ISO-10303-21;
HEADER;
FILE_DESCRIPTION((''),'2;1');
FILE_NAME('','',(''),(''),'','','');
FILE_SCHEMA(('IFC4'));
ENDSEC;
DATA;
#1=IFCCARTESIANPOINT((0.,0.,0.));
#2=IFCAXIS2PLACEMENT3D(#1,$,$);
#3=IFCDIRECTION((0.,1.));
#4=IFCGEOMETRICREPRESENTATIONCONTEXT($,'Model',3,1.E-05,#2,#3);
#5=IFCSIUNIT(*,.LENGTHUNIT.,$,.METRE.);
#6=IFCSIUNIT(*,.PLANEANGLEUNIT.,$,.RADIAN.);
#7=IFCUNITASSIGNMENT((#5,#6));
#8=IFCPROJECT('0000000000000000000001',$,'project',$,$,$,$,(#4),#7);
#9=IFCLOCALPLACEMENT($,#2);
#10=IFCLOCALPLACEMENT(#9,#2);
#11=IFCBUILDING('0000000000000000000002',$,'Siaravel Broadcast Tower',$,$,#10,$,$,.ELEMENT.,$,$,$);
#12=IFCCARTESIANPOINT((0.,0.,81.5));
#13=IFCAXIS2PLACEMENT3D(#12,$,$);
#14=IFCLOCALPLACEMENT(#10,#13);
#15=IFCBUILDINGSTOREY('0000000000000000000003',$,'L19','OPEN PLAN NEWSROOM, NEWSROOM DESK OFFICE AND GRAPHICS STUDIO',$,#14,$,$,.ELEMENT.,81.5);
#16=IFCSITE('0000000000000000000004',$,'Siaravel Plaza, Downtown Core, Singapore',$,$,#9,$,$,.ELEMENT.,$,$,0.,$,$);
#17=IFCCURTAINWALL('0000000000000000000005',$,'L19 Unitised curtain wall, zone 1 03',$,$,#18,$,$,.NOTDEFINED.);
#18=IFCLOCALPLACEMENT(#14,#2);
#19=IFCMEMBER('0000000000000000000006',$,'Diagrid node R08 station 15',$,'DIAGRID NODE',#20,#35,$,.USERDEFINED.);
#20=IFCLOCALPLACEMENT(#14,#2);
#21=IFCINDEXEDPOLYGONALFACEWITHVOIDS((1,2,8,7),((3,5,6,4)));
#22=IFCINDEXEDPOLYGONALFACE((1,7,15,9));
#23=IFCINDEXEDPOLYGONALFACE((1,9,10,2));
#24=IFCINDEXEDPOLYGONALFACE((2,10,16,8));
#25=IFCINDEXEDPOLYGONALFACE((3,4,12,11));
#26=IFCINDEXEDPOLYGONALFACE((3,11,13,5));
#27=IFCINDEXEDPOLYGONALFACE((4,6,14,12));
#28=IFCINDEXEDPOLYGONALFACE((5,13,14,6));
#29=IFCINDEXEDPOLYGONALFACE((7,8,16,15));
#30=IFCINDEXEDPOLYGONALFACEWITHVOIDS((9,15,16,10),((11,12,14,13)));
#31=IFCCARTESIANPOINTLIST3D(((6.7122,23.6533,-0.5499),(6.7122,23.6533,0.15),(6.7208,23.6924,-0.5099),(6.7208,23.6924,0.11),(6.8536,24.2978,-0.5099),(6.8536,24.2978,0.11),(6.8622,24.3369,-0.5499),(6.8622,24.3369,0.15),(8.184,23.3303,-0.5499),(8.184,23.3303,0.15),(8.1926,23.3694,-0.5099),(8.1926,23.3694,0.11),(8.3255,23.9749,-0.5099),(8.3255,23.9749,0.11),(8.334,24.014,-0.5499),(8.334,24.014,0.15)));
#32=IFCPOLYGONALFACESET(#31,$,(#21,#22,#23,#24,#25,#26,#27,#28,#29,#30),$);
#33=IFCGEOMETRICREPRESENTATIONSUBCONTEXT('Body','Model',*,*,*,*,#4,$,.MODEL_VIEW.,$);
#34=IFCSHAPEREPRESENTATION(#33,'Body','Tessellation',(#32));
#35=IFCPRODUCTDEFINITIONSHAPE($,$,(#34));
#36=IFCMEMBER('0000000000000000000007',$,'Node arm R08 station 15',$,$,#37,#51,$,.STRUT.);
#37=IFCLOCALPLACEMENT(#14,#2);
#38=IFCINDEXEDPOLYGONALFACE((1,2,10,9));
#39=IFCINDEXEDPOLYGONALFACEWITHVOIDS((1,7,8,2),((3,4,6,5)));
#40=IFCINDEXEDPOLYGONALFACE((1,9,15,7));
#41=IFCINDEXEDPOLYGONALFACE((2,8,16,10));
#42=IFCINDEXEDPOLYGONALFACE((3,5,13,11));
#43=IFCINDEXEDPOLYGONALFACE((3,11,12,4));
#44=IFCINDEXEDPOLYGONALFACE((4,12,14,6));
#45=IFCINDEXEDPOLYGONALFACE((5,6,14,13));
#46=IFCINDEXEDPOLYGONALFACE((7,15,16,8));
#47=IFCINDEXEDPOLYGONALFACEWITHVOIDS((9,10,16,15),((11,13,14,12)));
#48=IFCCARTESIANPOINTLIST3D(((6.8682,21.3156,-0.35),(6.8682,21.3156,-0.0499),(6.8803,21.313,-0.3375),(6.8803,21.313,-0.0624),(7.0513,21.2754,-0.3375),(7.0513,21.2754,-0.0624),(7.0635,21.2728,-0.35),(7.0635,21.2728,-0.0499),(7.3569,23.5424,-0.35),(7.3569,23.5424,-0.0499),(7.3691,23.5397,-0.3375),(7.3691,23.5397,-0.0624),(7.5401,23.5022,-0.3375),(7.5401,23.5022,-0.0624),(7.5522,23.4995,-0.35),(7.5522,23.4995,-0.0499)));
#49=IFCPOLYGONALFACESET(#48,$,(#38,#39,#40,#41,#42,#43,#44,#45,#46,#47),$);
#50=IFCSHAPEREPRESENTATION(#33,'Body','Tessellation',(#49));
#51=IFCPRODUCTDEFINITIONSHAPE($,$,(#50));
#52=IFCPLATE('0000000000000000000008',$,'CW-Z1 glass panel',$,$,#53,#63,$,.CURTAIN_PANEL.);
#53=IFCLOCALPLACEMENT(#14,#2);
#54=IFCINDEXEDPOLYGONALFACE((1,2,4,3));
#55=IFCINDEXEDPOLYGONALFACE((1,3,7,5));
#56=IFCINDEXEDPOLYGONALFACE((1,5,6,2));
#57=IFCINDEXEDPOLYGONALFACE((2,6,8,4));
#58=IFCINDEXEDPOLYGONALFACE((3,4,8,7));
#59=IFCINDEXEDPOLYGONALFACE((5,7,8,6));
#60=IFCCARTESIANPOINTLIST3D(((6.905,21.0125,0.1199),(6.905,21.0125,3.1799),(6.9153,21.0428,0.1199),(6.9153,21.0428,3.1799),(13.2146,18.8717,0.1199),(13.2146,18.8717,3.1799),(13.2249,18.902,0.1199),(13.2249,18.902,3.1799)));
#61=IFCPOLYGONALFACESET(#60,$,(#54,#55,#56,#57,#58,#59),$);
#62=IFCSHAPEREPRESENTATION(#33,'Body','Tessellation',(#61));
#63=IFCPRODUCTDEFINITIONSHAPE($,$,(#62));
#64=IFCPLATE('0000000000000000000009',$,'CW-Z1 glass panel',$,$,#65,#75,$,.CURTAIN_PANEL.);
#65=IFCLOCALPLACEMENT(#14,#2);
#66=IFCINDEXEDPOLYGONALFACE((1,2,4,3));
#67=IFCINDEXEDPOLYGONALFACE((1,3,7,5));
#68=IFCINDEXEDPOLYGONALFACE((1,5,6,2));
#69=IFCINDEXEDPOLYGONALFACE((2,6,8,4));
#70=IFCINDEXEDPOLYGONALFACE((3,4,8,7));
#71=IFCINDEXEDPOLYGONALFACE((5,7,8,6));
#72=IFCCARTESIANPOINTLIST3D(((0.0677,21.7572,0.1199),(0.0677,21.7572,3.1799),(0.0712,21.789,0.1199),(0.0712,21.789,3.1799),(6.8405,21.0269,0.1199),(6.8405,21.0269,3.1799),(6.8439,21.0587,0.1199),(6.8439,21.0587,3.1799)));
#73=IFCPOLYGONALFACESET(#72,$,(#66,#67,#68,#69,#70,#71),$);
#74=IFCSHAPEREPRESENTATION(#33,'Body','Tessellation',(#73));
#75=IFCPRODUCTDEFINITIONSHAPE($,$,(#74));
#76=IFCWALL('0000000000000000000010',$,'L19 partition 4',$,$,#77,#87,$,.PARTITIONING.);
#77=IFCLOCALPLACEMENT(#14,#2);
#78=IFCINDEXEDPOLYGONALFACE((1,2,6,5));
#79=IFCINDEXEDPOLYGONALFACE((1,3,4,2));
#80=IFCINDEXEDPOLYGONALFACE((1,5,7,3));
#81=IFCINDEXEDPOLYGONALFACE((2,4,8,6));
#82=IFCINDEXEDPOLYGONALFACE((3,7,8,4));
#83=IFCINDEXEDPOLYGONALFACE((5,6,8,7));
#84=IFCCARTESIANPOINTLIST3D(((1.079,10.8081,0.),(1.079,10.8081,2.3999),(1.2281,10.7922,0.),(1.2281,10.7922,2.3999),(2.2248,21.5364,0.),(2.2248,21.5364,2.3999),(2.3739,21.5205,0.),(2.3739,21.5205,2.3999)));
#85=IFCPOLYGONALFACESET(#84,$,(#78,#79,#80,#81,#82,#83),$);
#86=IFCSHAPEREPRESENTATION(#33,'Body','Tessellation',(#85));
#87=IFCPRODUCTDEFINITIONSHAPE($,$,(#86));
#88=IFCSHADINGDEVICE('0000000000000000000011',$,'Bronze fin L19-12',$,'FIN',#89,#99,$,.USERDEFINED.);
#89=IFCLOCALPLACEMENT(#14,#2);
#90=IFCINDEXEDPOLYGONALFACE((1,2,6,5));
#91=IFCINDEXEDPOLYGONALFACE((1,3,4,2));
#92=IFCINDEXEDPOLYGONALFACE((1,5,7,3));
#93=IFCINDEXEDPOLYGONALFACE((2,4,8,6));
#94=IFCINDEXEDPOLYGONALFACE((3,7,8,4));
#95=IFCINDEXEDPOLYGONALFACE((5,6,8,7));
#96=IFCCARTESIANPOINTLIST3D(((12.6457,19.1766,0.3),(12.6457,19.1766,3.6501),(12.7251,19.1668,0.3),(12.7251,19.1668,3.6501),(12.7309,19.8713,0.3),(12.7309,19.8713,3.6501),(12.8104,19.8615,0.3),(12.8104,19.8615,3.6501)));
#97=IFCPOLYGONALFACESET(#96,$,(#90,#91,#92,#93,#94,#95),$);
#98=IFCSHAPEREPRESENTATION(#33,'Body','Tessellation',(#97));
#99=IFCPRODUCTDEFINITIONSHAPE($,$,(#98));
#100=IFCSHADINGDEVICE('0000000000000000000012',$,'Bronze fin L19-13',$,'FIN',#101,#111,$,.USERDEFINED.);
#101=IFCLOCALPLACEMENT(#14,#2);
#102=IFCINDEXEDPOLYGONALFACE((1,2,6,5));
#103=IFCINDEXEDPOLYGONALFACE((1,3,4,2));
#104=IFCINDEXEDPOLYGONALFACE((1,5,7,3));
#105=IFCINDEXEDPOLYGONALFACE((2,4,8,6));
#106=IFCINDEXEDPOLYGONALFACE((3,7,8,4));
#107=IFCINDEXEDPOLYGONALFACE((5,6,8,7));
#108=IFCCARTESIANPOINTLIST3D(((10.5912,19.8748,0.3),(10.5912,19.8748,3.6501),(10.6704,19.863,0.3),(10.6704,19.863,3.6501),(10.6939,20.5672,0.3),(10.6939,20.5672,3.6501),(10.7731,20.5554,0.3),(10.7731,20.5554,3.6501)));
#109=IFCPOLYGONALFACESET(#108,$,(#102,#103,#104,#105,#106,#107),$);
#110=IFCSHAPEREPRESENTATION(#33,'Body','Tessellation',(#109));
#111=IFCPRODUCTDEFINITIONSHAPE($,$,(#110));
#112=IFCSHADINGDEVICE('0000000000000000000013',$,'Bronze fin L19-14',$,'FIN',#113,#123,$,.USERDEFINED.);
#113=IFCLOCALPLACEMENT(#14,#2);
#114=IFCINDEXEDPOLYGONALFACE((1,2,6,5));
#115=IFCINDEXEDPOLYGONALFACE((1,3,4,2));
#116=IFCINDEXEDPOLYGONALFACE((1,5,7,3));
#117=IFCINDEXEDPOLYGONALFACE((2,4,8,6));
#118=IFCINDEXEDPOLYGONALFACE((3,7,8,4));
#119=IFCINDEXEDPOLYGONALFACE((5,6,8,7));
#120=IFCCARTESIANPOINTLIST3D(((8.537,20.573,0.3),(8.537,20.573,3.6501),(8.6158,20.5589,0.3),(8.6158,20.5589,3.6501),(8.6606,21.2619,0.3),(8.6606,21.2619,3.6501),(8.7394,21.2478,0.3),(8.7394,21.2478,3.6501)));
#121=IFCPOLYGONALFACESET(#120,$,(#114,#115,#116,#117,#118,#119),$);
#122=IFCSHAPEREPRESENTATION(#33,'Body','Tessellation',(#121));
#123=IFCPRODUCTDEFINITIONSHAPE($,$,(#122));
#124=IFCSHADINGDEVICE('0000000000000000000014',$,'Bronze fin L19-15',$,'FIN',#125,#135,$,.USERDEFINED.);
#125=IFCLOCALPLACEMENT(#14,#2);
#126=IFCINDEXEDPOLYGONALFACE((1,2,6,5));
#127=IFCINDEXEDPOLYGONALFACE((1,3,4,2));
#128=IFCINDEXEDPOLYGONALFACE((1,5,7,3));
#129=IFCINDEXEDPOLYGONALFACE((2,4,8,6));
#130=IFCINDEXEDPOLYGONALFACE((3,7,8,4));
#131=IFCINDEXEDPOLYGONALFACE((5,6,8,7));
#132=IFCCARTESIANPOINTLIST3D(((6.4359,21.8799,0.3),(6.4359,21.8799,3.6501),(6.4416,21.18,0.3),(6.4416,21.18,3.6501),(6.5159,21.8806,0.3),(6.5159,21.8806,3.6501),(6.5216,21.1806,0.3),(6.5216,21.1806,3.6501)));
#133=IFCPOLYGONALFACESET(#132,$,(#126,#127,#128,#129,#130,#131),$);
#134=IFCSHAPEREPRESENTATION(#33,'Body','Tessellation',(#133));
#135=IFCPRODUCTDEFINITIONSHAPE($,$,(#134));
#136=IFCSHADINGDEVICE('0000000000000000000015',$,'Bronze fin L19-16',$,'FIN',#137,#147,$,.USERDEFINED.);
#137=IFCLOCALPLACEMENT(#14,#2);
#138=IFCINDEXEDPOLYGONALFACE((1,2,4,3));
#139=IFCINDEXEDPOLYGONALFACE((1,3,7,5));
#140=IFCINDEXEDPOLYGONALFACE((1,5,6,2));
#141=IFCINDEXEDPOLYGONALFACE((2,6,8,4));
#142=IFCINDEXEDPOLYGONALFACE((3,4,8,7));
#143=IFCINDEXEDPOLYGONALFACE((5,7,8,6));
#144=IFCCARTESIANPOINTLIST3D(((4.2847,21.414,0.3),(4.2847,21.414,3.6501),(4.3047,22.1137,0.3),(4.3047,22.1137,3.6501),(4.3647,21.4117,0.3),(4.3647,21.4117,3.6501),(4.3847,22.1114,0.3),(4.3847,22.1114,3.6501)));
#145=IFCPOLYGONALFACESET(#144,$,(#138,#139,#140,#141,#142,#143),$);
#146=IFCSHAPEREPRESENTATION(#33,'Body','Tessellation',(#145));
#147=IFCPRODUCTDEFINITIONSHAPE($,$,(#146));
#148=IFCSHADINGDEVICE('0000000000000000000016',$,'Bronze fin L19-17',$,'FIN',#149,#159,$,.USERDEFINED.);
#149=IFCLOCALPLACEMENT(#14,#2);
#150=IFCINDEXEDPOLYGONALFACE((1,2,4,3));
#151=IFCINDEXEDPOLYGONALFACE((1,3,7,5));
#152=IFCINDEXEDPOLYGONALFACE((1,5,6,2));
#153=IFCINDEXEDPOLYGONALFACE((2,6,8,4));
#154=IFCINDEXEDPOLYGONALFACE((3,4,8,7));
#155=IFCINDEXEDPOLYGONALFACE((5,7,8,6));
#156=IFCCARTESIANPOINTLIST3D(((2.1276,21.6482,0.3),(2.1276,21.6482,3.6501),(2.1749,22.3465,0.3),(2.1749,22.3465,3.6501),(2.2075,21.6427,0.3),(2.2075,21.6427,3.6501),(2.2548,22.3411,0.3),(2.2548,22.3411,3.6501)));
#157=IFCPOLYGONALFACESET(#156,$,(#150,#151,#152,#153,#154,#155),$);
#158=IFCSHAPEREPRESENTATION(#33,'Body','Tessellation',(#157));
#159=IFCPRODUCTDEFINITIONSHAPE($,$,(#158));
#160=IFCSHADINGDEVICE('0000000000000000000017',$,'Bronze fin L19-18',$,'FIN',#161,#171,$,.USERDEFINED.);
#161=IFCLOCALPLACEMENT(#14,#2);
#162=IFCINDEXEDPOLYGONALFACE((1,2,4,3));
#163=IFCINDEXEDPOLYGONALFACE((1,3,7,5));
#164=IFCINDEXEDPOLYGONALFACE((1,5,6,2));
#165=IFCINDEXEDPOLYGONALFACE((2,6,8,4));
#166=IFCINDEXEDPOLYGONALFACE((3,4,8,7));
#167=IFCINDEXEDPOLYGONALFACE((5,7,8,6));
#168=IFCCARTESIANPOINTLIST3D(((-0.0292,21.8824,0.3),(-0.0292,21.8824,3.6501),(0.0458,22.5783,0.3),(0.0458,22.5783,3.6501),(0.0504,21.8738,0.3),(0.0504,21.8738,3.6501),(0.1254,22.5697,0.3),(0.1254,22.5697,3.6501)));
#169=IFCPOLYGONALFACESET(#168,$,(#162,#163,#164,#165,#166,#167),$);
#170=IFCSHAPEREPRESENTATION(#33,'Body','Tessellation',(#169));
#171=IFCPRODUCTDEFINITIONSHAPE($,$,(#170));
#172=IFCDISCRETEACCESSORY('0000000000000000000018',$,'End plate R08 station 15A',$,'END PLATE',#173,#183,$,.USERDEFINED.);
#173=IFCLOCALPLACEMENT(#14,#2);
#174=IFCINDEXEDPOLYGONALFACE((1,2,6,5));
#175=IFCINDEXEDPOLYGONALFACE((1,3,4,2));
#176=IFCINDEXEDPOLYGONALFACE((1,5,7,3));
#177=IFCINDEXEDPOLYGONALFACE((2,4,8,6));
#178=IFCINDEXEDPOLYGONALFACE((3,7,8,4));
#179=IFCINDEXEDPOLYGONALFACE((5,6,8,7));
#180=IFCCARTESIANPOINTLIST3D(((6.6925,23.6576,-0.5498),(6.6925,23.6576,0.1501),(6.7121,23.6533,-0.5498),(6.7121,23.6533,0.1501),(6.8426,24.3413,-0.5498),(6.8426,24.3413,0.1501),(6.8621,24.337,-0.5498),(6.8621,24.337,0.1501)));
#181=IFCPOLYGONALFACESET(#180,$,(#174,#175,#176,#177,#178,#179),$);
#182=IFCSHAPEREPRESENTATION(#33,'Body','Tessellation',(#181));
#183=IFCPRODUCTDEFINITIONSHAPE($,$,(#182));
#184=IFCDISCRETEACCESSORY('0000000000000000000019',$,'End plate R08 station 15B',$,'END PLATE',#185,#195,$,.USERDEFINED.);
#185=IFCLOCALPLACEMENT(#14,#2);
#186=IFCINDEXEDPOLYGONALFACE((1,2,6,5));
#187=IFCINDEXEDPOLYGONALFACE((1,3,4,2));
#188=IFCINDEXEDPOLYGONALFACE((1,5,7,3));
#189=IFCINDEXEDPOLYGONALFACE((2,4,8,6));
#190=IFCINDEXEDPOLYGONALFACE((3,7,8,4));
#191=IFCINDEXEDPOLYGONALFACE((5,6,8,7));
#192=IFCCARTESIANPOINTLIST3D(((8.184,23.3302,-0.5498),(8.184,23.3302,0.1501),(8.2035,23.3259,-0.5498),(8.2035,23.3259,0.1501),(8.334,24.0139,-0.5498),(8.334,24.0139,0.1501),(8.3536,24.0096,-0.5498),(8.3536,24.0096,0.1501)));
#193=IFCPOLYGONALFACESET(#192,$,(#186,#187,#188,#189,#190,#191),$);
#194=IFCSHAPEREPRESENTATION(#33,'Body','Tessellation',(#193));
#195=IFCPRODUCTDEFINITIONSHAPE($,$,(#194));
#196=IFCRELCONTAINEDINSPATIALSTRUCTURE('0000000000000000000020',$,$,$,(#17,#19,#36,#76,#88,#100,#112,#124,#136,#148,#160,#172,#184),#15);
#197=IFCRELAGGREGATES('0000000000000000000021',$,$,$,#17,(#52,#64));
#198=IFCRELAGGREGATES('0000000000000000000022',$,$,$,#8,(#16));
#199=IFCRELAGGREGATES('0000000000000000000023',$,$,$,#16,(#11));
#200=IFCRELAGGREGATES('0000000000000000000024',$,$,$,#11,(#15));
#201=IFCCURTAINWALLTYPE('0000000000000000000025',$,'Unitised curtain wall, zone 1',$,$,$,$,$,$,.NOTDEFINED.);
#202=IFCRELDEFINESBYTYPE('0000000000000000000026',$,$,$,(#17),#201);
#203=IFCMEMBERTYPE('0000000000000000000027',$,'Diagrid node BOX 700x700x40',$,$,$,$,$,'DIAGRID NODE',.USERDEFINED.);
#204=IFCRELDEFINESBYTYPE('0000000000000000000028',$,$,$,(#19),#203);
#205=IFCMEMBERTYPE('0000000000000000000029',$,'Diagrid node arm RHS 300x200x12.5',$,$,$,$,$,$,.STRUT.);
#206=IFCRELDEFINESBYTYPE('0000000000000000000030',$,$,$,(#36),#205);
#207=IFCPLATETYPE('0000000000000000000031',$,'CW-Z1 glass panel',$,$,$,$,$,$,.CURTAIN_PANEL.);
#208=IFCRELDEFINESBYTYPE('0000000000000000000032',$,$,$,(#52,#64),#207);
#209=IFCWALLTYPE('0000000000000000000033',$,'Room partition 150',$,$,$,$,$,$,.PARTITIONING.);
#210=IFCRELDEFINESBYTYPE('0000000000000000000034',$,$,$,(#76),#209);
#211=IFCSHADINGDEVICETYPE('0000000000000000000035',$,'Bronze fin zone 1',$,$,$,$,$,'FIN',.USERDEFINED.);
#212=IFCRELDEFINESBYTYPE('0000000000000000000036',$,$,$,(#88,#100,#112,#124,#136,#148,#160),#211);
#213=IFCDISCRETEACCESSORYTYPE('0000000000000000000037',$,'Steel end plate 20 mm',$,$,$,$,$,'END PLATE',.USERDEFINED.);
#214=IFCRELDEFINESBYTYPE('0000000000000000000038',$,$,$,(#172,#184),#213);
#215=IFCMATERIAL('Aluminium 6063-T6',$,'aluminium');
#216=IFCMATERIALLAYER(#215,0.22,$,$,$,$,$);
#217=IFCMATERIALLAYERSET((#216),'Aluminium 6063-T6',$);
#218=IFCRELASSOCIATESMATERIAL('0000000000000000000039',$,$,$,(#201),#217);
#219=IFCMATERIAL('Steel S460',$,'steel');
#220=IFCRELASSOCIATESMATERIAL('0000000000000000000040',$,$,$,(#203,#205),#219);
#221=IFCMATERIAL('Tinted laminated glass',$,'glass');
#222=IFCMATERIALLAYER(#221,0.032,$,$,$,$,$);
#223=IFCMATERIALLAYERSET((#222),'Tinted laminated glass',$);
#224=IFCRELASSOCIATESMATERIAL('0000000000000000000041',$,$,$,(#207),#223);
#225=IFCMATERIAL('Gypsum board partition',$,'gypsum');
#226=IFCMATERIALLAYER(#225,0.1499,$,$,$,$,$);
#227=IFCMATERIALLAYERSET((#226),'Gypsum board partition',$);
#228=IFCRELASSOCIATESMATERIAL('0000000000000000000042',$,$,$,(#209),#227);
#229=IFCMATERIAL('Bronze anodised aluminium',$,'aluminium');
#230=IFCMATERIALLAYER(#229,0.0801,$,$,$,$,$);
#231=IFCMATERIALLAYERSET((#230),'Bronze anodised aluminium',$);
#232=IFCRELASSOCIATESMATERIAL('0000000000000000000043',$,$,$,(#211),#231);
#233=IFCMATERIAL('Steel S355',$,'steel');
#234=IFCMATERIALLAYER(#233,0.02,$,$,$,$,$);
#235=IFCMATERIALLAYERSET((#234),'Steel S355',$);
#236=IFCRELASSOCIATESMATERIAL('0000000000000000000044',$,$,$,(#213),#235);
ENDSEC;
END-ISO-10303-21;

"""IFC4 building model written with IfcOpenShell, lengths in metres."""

from ifc_helpers import new_model, si_unit, direction, frame, frame_2d, origin, origin_2d, place, context, subcontext, project, spatial, rectangle, hollow_rectangle, extrude, material, layer, layer_set, material_profile, profile_set, type_object, element, aggregate, save


model = new_model("IFC4")

# Units and contexts
model_context = context("Model", 3, precision=1e-05, world=origin(), true_north=direction((0.0, 1.0)))
body_context = subcontext(model_context, "Body", "Model", "MODEL_VIEW")
ifc_project = project(units=[si_unit("LENGTHUNIT", "METRE"), si_unit("PLANEANGLEUNIT", "RADIAN")], contexts=[model_context])

# Site, building, storey
site_placement = place(None, origin())
site = spatial("IfcSite", under=ifc_project, at=site_placement, Name="Siaravel Plaza, Downtown Core, Singapore", CompositionType="ELEMENT", RefElevation=0.0)
building_placement = place(site_placement, origin())
building = spatial("IfcBuilding", under=site, at=building_placement, Name="Siaravel Broadcast Tower", CompositionType="ELEMENT")
storey_placement = place(building_placement, frame((0.0, 0.0, 81.5)))
storey = spatial("IfcBuildingStorey", under=building, at=storey_placement, Name="L19", Description="OPEN PLAN NEWSROOM, NEWSROOM DESK OFFICE AND GRAPHICS STUDIO", CompositionType="ELEMENT", Elevation=81.5)

# Shared definitions
ifc_material_1 = material(Name="Steel S355", Category="steel")

# Curtain wall
ifc_material_2 = material(Name="Aluminium 6063-T6", Category="aluminium")
ifc_layer_1 = layer(ifc_material_2, 0.22)
ifc_layer_set_1 = layer_set([ifc_layer_1], Name="Aluminium 6063-T6")
curtain_wall_type = type_object("IfcCurtainWallType", Name="Unitised curtain wall, zone 1", PredefinedType="NOTDEFINED", material=ifc_layer_set_1)
curtain_wall_placement = place(storey_placement, origin())
curtain_wall = element("IfcCurtainWall", 1, at=curtain_wall_placement, inside=storey, type_object=curtain_wall_type, Name="L19 Unitised curtain wall, zone 1 03", PredefinedType="NOTDEFINED")

# Members
ifc_material_3 = material(Name="Steel S460", Category="steel")
ifc_material_profile_1 = material_profile(ifc_material_3, hollow_rectangle(XDim=0.7, YDim=0.7, WallThickness=0.04, at=origin_2d()))
ifc_profile_set_1 = profile_set([ifc_material_profile_1], Name="Steel S460")
member_type_1 = type_object("IfcMemberType", Name="Diagrid node BOX 700x700x40", ElementType="DIAGRID NODE", PredefinedType="USERDEFINED", material=ifc_profile_set_1)
member_1_placement = place(storey_placement, frame((8.259, 23.6721, -0.2), z_axis=(-0.976759, 0.214339, 0.0), x_axis=(-0.214339, -0.976759, 0.0)))
element("IfcMember", 2, at=member_1_placement, inside=storey, type_object=member_type_1, Name="Diagrid node R08 station 15", ObjectType="DIAGRID NODE", PredefinedType="USERDEFINED", context=body_context, shape_type="SweptSolid", body=[
    extrude(hollow_rectangle(XDim=0.7, YDim=0.7, WallThickness=0.04, at=origin_2d()), origin(), (0.0, 0.0, 1.0), 1.5068),
])
ifc_material_profile_2 = material_profile(ifc_material_3, hollow_rectangle(XDim=0.2, YDim=0.3, WallThickness=0.0125, at=origin_2d()))
ifc_profile_set_2 = profile_set([ifc_material_profile_2], Name="Steel S460")
member_type_2 = type_object("IfcMemberType", Name="Diagrid node arm RHS 300x200x12.5", PredefinedType="STRUT", material=ifc_profile_set_2)
member_2_placement = place(storey_placement, frame((6.9658, 21.2942, -0.2), z_axis=(0.21439, 0.976748, 0.0), x_axis=(-0.976748, 0.21439, 0.0)))
element("IfcMember", 3, at=member_2_placement, inside=storey, type_object=member_type_2, Name="Node arm R08 station 15", PredefinedType="STRUT", context=body_context, shape_type="SweptSolid", body=[
    extrude(hollow_rectangle(XDim=0.2, YDim=0.3, WallThickness=0.0125, at=origin_2d()), origin(), (0.0, 0.0, 1.0), 2.2798),
])

# Plates
ifc_material_4 = material(Name="Tinted laminated glass", Category="glass")
ifc_layer_2 = layer(ifc_material_4, 0.032)
ifc_layer_set_2 = layer_set([ifc_layer_2], Name="Tinted laminated glass")
plate_type = type_object("IfcPlateType", Name="CW-Z1 glass panel", PredefinedType="CURTAIN_PANEL", material=ifc_layer_set_2)
plate_1_placement = place(storey_placement, frame((10.0649, 19.9573, 0.1199), z_axis=(0.0, 0.0, 1.0), x_axis=(-0.946977, 0.321301, 0.0)))
plate_1 = element("IfcPlate", 4, at=plate_1_placement, type_object=plate_type, Name="CW-Z1 glass panel", PredefinedType="CURTAIN_PANEL", context=body_context, shape_type="SweptSolid", body=[
    extrude(rectangle(XDim=6.6628, YDim=0.032, at=origin_2d()), origin(), (0.0, 0.0, 1.0), 3.0601),
])
plate_2_placement = place(storey_placement, frame((3.4558, 21.408, 0.1199), z_axis=(0.0, 0.0, 1.0), x_axis=(-0.994236, 0.107218, 0.0)))
plate_2 = element("IfcPlate", 5, at=plate_2_placement, type_object=plate_type, Name="CW-Z1 glass panel", PredefinedType="CURTAIN_PANEL", context=body_context, shape_type="SweptSolid", body=[
    extrude(rectangle(XDim=6.812, YDim=0.032, at=origin_2d()), origin(), (0.0, 0.0, 1.0), 3.0601),
])
aggregate(curtain_wall, [plate_1, plate_2])

# Wall
ifc_material_5 = material(Name="Gypsum board partition", Category="gypsum")
ifc_layer_3 = layer(ifc_material_5, 0.1499)
ifc_layer_set_3 = layer_set([ifc_layer_3], Name="Gypsum board partition")
wall_type = type_object("IfcWallType", Name="Room partition 150", PredefinedType="PARTITIONING", material=ifc_layer_set_3)
wall_placement = place(storey_placement, frame((2.2993, 21.5283, 0.0), z_axis=(0.0, 0.0, 1.0), x_axis=(-0.106194, -0.994345, 0.0)))
element("IfcWall", 6, at=wall_placement, inside=storey, type_object=wall_type, Name="L19 partition 4", PredefinedType="PARTITIONING", context=body_context, shape_type="SweptSolid", body=[
    extrude(rectangle(XDim=10.7893, YDim=0.1499, at=frame_2d((5.3945, 0.0))), origin(), (0.0, 0.0, 1.0), 2.3999),
])

# Shading devices
ifc_material_6 = material(Name="Bronze anodised aluminium", Category="aluminium")
ifc_layer_4 = layer(ifc_material_6, 0.0801)
ifc_layer_set_4 = layer_set([ifc_layer_4], Name="Bronze anodised aluminium")
shading_device_type = type_object("IfcShadingDeviceType", Name="Bronze fin zone 1", ElementType="FIN", PredefinedType="USERDEFINED", material=ifc_layer_set_4)
for number, where, z_axis, x_axis, name in (
    (7, (12.728, 19.519, 0.3), (0.0, 0.0, 1.0), (0.12181, 0.992553, 0.0), "Bronze fin L19-12"),
    (8, (10.6821, 20.2151, 0.3), (0.0, 0.0, 1.0), (0.146694, 0.989182, 0.0), "Bronze fin L19-13"),
    (9, (8.6382, 20.9104, 0.3), (0.0, 0.0, 1.0), (0.176585, 0.984285, 0.0), "Bronze fin L19-14"),
    (10, (6.4788, 21.5303, 0.3), (0.0, 0.0, 1.0), (-0.008137, 0.999967, 0.0), "Bronze fin L19-15"),
    (11, (4.3347, 21.7627, 0.3), (0.0, 0.0, 1.0), (0.028571, 0.999592, 0.0), "Bronze fin L19-16"),
    (12, (2.1912, 21.9946, 0.3), (0.0, 0.0, 1.0), (0.06757, 0.997715, 0.0), "Bronze fin L19-17"),
    (13, (0.0481, 22.2261, 0.3), (0.0, 0.0, 1.0), (0.107219, 0.994235, 0.0), "Bronze fin L19-18"),
):
    element("IfcShadingDevice", number, at=place(storey_placement, frame(where, z_axis=z_axis, x_axis=x_axis)), inside=storey, type_object=shading_device_type, Name=name, ObjectType="FIN", PredefinedType="USERDEFINED", context=body_context, shape_type="SweptSolid", body=[
        extrude(rectangle(XDim=0.7, YDim=0.0801, at=origin_2d()), origin(), (0.0, 0.0, 1.0), 3.3501),
    ])

# Discrete accessories
ifc_layer_5 = layer(ifc_material_1, 0.02)
ifc_layer_set_5 = layer_set([ifc_layer_5], Name="Steel S355")
discrete_accessory_type = type_object("IfcDiscreteAccessoryType", Name="Steel end plate 20 mm", ElementType="END PLATE", PredefinedType="USERDEFINED", material=ifc_layer_set_5)
for number, where, z_axis, x_axis, name in (
    (14, (6.7773, 23.9973, -0.5498), (0.0, 0.0, 1.0), (-0.976751, 0.214377, 0.0), "End plate R08 station 15A"),
    (15, (8.2688, 23.6699, -0.5498), (0.0, 0.0, 1.0), (-0.976751, 0.214377, 0.0), "End plate R08 station 15B"),
):
    element("IfcDiscreteAccessory", number, at=place(storey_placement, frame(where, z_axis=z_axis, x_axis=x_axis)), inside=storey, type_object=discrete_accessory_type, Name=name, ObjectType="END PLATE", PredefinedType="USERDEFINED", context=body_context, shape_type="SweptSolid", body=[
        extrude(rectangle(XDim=0.02, YDim=0.7, at=origin_2d()), origin(), (0.0, 0.0, 1.0), 0.7),
    ])

save(model, "model.ifc")
